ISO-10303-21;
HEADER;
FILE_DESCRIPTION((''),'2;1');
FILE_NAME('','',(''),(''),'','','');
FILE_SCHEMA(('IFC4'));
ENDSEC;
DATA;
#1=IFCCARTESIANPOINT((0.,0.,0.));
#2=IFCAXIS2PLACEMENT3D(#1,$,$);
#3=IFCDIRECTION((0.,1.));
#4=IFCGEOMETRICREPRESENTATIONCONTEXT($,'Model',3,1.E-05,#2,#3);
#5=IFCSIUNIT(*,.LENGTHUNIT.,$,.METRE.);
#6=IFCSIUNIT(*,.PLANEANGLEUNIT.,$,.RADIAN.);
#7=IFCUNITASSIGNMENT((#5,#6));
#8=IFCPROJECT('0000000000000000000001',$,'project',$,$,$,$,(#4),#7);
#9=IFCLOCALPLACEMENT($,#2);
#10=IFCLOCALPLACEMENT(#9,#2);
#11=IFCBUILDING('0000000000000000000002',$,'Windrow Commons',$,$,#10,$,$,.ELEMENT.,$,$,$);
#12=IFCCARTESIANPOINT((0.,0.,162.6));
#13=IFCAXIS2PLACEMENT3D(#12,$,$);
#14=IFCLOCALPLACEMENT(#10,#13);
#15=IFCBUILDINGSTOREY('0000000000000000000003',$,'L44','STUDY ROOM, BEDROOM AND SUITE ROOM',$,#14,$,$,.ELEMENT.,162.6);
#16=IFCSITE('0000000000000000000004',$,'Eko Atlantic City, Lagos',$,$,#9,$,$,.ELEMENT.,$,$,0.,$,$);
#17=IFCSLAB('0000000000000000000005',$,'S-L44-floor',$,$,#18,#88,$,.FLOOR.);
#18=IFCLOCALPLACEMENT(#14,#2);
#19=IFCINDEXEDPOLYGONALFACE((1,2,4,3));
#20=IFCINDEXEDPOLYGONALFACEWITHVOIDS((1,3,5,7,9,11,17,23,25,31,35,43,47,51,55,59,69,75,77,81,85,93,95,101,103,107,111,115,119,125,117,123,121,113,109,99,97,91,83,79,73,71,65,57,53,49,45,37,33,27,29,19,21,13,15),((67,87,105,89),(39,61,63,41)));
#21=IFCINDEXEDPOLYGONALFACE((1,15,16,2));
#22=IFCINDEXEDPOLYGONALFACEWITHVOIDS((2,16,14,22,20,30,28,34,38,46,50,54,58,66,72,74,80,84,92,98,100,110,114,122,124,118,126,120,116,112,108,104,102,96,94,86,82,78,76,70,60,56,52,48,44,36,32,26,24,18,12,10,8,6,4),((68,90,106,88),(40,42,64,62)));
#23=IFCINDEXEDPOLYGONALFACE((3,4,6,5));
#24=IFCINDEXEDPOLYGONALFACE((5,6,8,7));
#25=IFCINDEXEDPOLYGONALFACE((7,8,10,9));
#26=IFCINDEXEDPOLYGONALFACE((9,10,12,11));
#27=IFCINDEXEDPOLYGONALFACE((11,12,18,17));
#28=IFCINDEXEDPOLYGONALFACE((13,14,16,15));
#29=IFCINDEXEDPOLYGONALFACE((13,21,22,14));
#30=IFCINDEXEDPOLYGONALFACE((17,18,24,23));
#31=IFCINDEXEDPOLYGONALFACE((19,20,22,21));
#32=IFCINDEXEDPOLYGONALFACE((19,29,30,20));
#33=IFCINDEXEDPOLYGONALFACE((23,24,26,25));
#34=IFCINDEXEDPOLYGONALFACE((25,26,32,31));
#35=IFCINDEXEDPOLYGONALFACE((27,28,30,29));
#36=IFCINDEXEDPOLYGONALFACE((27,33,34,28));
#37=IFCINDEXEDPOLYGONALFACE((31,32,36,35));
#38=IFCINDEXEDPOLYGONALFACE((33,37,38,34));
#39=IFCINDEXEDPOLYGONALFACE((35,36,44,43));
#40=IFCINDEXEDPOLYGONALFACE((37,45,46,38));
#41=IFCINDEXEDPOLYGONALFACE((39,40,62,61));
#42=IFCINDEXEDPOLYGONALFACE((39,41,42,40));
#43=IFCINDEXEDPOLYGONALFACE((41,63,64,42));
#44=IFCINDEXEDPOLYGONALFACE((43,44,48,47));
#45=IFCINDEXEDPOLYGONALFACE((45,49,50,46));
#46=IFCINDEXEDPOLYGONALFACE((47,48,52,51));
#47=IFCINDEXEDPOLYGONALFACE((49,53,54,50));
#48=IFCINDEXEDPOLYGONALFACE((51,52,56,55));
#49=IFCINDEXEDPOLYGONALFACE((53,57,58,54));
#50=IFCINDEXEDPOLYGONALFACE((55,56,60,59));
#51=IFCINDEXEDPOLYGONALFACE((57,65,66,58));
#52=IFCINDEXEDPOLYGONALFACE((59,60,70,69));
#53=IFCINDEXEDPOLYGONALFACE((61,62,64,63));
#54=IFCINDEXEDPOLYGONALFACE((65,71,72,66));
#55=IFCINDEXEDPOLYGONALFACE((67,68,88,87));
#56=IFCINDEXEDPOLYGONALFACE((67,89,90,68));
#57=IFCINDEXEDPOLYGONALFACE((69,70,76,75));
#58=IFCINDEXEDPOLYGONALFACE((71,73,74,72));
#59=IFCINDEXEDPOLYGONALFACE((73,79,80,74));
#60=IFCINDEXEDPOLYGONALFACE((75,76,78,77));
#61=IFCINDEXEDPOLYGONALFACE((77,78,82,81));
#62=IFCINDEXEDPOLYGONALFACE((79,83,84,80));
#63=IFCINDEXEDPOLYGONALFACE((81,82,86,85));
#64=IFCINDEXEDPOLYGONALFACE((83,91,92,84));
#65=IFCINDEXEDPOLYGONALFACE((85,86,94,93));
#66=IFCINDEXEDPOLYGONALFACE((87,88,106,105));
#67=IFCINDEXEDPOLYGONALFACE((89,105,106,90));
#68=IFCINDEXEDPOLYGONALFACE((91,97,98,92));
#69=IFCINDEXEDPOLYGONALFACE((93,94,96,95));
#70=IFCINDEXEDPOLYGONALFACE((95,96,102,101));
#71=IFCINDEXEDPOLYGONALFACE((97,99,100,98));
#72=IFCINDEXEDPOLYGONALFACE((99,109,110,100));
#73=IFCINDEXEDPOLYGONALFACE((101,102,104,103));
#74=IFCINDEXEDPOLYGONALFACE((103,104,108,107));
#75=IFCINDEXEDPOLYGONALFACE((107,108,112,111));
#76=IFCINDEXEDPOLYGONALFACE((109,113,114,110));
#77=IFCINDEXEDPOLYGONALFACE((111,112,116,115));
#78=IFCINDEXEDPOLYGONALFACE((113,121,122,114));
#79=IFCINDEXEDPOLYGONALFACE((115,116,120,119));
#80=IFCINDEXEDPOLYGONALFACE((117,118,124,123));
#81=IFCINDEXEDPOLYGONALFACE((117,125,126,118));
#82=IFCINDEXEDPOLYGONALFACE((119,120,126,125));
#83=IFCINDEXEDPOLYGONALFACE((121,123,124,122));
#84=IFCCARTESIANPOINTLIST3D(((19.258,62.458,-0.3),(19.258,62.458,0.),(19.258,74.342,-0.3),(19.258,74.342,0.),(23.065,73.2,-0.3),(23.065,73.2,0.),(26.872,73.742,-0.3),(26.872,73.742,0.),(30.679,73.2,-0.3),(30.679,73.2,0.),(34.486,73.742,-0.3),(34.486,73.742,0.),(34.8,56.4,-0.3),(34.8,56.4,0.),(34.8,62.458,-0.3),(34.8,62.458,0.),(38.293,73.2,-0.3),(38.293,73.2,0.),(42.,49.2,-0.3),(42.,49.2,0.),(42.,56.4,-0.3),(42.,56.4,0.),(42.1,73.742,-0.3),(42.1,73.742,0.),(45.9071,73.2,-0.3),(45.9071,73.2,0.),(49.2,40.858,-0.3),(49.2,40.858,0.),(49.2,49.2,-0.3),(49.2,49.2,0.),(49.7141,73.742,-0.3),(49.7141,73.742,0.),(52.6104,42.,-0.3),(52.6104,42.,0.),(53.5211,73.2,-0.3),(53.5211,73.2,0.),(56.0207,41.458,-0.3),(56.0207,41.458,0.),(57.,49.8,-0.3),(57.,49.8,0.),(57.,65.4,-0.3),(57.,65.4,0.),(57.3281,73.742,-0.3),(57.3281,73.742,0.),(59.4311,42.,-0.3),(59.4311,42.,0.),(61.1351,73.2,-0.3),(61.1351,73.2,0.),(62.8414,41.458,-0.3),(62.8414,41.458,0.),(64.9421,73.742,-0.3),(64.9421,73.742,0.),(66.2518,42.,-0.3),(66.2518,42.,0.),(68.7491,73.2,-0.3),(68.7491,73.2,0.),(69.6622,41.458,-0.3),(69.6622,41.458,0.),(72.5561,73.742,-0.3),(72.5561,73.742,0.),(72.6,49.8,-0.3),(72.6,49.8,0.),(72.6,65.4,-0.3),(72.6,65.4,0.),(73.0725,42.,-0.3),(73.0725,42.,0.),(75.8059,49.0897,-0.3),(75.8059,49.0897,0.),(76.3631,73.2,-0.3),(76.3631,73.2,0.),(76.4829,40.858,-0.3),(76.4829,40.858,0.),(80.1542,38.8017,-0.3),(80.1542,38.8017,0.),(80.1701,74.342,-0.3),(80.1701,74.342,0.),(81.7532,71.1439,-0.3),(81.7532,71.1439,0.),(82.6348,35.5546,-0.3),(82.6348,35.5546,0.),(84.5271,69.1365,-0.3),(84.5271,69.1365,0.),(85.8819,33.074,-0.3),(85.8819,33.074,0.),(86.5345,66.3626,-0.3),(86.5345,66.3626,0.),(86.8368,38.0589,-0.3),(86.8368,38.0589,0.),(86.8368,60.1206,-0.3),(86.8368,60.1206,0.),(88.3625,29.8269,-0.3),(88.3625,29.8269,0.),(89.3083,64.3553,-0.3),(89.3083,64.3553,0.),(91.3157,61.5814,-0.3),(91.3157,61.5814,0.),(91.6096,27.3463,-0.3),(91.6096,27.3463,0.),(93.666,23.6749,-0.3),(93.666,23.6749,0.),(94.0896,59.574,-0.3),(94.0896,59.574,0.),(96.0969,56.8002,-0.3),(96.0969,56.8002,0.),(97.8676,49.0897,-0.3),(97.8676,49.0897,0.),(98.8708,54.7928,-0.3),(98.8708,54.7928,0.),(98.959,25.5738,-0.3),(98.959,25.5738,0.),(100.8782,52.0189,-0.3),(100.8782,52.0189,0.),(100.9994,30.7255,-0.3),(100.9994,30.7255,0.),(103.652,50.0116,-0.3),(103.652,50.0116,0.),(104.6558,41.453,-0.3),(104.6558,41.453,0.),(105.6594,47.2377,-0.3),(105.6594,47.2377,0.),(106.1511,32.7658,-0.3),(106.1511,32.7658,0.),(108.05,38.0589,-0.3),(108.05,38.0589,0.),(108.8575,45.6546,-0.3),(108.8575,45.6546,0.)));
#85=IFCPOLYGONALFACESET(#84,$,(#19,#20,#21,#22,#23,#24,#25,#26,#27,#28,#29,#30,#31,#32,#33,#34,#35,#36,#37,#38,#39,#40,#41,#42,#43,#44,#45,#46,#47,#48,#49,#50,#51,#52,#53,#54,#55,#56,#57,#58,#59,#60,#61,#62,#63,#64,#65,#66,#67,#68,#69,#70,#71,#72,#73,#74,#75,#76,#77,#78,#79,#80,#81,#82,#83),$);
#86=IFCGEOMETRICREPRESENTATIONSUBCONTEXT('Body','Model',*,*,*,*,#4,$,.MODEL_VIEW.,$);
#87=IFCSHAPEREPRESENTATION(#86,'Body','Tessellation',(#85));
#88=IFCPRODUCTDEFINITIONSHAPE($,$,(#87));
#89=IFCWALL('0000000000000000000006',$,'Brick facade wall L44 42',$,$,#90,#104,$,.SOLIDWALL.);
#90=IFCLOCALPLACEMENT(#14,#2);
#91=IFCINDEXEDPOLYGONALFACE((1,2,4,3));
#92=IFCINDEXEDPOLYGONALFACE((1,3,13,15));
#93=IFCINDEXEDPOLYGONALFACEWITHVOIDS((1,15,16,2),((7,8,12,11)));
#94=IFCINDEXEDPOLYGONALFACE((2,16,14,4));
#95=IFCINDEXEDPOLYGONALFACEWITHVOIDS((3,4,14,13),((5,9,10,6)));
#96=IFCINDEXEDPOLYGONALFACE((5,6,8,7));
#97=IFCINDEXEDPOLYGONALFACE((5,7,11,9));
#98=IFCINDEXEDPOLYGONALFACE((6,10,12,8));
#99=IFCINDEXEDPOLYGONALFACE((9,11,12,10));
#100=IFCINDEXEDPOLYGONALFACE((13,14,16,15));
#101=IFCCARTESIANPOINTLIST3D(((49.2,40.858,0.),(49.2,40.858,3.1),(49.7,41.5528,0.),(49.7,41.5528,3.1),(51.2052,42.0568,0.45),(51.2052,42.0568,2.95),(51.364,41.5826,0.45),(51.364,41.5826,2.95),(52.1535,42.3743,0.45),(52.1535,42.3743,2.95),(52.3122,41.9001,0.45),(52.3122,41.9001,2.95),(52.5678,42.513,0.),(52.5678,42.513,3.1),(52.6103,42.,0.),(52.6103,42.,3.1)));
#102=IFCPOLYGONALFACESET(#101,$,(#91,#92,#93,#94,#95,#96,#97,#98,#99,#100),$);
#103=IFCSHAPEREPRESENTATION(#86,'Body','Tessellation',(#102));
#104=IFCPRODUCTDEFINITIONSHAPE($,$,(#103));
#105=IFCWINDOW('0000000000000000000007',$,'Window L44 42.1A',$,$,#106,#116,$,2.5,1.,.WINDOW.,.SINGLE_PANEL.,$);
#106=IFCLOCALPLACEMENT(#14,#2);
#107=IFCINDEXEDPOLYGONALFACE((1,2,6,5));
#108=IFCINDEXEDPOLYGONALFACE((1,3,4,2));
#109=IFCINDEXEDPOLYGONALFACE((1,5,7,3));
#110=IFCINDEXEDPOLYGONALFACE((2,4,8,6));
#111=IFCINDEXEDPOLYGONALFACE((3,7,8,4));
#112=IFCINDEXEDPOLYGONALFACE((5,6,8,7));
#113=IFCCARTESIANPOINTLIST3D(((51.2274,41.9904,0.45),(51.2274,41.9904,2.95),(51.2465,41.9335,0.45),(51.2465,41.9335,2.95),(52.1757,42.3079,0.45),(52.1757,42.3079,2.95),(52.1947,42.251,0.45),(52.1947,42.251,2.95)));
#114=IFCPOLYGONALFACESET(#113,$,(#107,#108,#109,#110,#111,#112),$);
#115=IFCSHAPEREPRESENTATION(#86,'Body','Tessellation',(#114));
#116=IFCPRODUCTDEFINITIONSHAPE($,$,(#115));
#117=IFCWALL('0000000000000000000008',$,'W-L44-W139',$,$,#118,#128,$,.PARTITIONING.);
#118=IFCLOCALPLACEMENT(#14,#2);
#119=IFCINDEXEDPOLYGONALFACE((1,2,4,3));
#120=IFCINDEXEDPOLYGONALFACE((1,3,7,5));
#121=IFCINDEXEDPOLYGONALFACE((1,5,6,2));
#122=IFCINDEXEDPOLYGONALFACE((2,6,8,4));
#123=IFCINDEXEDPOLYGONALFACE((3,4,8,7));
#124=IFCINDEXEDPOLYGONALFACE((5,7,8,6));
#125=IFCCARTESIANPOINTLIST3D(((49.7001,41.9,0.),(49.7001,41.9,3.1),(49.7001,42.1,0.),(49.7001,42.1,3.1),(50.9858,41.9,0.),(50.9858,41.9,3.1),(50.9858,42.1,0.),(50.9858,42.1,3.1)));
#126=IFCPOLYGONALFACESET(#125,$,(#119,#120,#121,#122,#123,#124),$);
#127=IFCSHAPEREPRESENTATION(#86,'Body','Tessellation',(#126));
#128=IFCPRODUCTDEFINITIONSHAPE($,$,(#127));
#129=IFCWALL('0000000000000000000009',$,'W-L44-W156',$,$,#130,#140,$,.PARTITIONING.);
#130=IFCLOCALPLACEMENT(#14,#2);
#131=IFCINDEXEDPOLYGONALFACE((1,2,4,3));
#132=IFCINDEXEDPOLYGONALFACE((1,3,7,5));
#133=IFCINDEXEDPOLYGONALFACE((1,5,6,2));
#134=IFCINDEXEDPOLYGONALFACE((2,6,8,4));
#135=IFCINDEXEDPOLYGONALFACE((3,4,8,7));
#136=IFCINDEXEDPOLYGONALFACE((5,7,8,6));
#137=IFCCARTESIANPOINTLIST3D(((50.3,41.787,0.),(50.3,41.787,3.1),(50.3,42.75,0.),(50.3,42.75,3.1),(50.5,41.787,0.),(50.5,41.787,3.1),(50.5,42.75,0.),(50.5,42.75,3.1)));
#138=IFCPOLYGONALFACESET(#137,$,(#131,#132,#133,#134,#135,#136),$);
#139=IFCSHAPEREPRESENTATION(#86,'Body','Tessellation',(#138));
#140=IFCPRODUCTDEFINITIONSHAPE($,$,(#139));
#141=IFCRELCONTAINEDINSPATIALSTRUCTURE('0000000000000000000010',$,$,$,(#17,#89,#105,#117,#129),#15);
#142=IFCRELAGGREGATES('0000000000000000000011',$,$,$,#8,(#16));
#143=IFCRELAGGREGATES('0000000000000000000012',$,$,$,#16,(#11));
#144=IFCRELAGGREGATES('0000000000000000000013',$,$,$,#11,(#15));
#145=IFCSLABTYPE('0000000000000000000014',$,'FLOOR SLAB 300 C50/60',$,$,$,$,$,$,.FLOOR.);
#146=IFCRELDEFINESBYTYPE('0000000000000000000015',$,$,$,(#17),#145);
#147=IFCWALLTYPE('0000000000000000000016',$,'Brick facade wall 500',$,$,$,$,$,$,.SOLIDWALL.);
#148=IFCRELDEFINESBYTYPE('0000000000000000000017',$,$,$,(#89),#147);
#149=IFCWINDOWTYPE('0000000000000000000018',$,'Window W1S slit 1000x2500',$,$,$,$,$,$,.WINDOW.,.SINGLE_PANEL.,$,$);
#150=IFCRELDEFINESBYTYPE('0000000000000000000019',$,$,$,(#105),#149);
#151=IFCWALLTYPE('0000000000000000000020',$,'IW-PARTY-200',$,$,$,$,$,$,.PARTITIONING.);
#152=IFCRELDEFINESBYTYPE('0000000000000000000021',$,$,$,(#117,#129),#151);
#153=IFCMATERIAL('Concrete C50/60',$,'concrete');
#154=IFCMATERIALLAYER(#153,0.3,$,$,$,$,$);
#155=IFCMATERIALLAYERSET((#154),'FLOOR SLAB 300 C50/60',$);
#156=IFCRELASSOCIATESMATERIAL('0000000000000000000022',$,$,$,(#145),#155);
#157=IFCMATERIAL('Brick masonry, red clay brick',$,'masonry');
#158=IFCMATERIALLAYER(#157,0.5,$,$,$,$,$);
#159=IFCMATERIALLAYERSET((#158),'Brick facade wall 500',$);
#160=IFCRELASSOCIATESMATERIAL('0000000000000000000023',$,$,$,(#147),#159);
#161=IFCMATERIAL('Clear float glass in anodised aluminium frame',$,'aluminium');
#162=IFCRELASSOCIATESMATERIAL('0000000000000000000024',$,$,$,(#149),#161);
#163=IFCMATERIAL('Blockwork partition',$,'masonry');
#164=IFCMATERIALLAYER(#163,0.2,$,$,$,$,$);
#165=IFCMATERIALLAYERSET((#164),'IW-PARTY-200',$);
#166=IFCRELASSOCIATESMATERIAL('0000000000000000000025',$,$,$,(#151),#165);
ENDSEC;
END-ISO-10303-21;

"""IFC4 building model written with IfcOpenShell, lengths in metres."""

from ifc_helpers import new_model, si_unit, direction, frame, frame_2d, origin, place, context, subcontext, project, spatial, polyline, rectangle, outline, extrude, material, layer, layer_set, type_object, element, fill, save


model = new_model("IFC4")

# Units and contexts
model_context = context("Model", 3, precision=1e-05, world=origin(), true_north=direction((0.0, 1.0)))
body_context = subcontext(model_context, "Body", "Model", "MODEL_VIEW")
ifc_project = project(units=[si_unit("LENGTHUNIT", "METRE"), si_unit("PLANEANGLEUNIT", "RADIAN")], contexts=[model_context])

# Site, building, storey
site_placement = place(None, origin())
site = spatial("IfcSite", under=ifc_project, at=site_placement, Name="Eko Atlantic City, Lagos", CompositionType="ELEMENT", RefElevation=0.0)
building_placement = place(site_placement, origin())
building = spatial("IfcBuilding", under=site, at=building_placement, Name="Windrow Commons", CompositionType="ELEMENT")
storey_placement = place(building_placement, frame((0.0, 0.0, 162.6)))
storey = spatial("IfcBuildingStorey", under=building, at=storey_placement, Name="L44", Description="STUDY ROOM, BEDROOM AND SUITE ROOM", CompositionType="ELEMENT", Elevation=162.6)

# Shared definitions
placement_1 = place(storey_placement, frame((0.0, 0.0, -0.3)))

# Slab, openings
ifc_material_1 = material(Name="Concrete C50/60", Category="concrete")
ifc_layer_1 = layer(ifc_material_1, 0.3)
ifc_layer_set_1 = layer_set([ifc_layer_1], Name="FLOOR SLAB 300 C50/60")
slab_type_1 = type_object("IfcSlabType", Name="FLOOR SLAB 300 C50/60", PredefinedType="FLOOR", material=ifc_layer_set_1)
slab_1 = element("IfcSlab", 1, at=placement_1, inside=storey, type_object=slab_type_1, Name="S-L44-floor", PredefinedType="FLOOR", context=body_context, shape_type="SweptSolid", body=[
    extrude(outline(polyline([(91.6096, 27.3463), (93.666, 23.6749), (98.959, 25.5738), (100.9994, 30.7255), (106.1511, 32.7658), (108.05, 38.0589), (104.6558, 41.453), (108.8575, 45.6546), (105.6594, 47.2377), (103.652, 50.0116), (100.8782, 52.0189), (98.8708, 54.7928), (96.0969, 56.8002), (94.0896, 59.574), (91.3157, 61.5814), (89.3083, 64.3553), (86.5345, 66.3626), (84.5271, 69.1365), (81.7532, 71.1439), (80.1701, 74.342), (76.3631, 73.2), (72.5561, 73.742), (68.7491, 73.2), (64.9421, 73.742), (61.1351, 73.2), (57.3281, 73.742), (53.5211, 73.2), (49.7141, 73.742), (45.9071, 73.2), (42.1, 73.742), (38.293, 73.2), (34.486, 73.742), (30.679, 73.2), (26.872, 73.742), (23.065, 73.2), (19.258, 74.342), (19.258, 62.458), (34.8, 62.458), (34.8, 56.4), (42.0, 56.4), (42.0, 49.2), (49.2, 49.2), (49.2, 40.858), (52.6104, 42.0), (56.0207, 41.458), (59.4311, 42.0), (62.8414, 41.458), (66.2518, 42.0), (69.6622, 41.458), (73.0725, 42.0), (76.4829, 40.858), (80.1542, 38.8017), (82.6348, 35.5546), (85.8819, 33.074), (88.3625, 29.8269), (91.6096, 27.3463)]), holes=[polyline([(75.8059, 49.0897), (86.8368, 60.1206), (97.8676, 49.0897), (86.8368, 38.0589), (75.8059, 49.0897)]), polyline([(57.0, 49.8), (57.0, 65.4), (72.6, 65.4), (72.6, 49.8), (57.0, 49.8)])]), origin(), (0.0, 0.0, 1.0), 0.3),
])
opening_1_placement = place(placement_1, origin())
element("IfcOpeningElement", 2, at=opening_1_placement, cuts=slab_1, PredefinedType="OPENING", context=body_context, shape_type="SweptSolid", body=[
    extrude(outline(polyline([(75.813, 49.0897), (86.8368, 60.1135), (97.8605, 49.0897), (86.8368, 38.066), (75.813, 49.0897)])), origin(), (0.0, 0.0, 1.0), 0.3),
])
opening_2_placement = place(placement_1, origin())
element("IfcOpeningElement", 3, at=opening_2_placement, cuts=slab_1, PredefinedType="OPENING", context=body_context, shape_type="SweptSolid", body=[
    extrude(outline(polyline([(57.005, 49.805), (57.005, 65.395), (72.595, 65.395), (72.595, 49.805), (57.005, 49.805)])), origin(), (0.0, 0.0, 1.0), 0.3),
])

# Wall, opening, window
ifc_material_2 = material(Name="Brick masonry, red clay brick", Category="masonry")
ifc_layer_2 = layer(ifc_material_2, 0.5)
ifc_layer_set_2 = layer_set([ifc_layer_2], Name="Brick facade wall 500")
wall_type_1 = type_object("IfcWallType", Name="Brick facade wall 500", PredefinedType="SOLIDWALL", material=ifc_layer_set_2)
wall_1_placement = place(storey_placement, frame((49.45, 41.2054, 0.0), z_axis=(0.0, 0.0, 1.0), x_axis=(0.948253, 0.317514, 0.0)))
wall_1 = element("IfcWall", 4, at=wall_1_placement, inside=storey, type_object=wall_type_1, Name="Brick facade wall L44 42", PredefinedType="SOLIDWALL", context=body_context, shape_type="SweptSolid", body=[
    extrude(outline(polyline([(-0.3474, -0.25), (3.2491, -0.25), (3.3717, 0.25), (0.3474, 0.25), (-0.3474, -0.25)])), origin(), (0.0, 0.0, 1.0), 3.1),
])
opening_3_placement = place(wall_1_placement, frame((1.9347, 0.0, 0.45)))
opening_3 = element("IfcOpeningElement", 5, at=opening_3_placement, cuts=wall_1, PredefinedType="OPENING", context=body_context, shape_type="SweptSolid", body=[
    extrude(rectangle(XDim=1.0, YDim=2.5, at=frame_2d((0.5, 1.25))), frame((0.0, 0.26, 0.0), z_axis=(0.0, -1.0, 0.0), x_axis=(1.0, 0.0, 0.0)), (0.0, 0.0, 1.0), 0.52),
])
ifc_material_3 = material(Name="Clear float glass in anodised aluminium frame", Category="aluminium")
window_type = type_object("IfcWindowType", Name="Window W1S slit 1000x2500", PartitioningType="SINGLE_PANEL", PredefinedType="WINDOW", material=ifc_material_3)
window_placement = place(opening_3_placement, origin())
window = element("IfcWindow", 6, at=window_placement, inside=storey, type_object=window_type, Name="Window L44 42.1A", OverallHeight=2.5, OverallWidth=1.0, PartitioningType="SINGLE_PANEL", PredefinedType="WINDOW", context=body_context, shape_type="SweptSolid", body=[
    extrude(rectangle(XDim=1.0, YDim=2.5, at=frame_2d((0.5, 1.25))), frame((0.0, 0.18, 0.0), z_axis=(0.0, -1.0, 0.0), x_axis=(1.0, 0.0, 0.0)), (0.0, 0.0, 1.0), 0.06),
])
fill(opening_3, window)

# Walls
ifc_material_4 = material(Name="Blockwork partition", Category="masonry")
ifc_layer_3 = layer(ifc_material_4, 0.2)
ifc_layer_set_3 = layer_set([ifc_layer_3], Name="IW-PARTY-200")
wall_type_2 = type_object("IfcWallType", Name="IW-PARTY-200", PredefinedType="PARTITIONING", material=ifc_layer_set_3)
wall_2_placement = place(storey_placement, frame((49.7, 42.0, 0.0), z_axis=(0.0, 0.0, 1.0), x_axis=(1.0, 0.0, 0.0)))
element("IfcWall", 7, at=wall_2_placement, inside=storey, type_object=wall_type_2, Name="W-L44-W139", PredefinedType="PARTITIONING", context=body_context, shape_type="SweptSolid", body=[
    extrude(rectangle(XDim=1.2857, YDim=0.2, at=frame_2d((0.6429, 0.0))), origin(), (0.0, 0.0, 1.0), 3.1),
])
wall_3_placement = place(storey_placement, frame((50.4, 41.7871, 0.0), z_axis=(0.0, 0.0, 1.0), x_axis=(0.0, 1.0, 0.0)))
element("IfcWall", 8, at=wall_3_placement, inside=storey, type_object=wall_type_2, Name="W-L44-W156", PredefinedType="PARTITIONING", context=body_context, shape_type="SweptSolid", body=[
    extrude(rectangle(XDim=0.9629, YDim=0.2, at=frame_2d((0.4814, 0.0))), origin(), (0.0, 0.0, 1.0), 3.1),
])

save(model, "model.ifc")
